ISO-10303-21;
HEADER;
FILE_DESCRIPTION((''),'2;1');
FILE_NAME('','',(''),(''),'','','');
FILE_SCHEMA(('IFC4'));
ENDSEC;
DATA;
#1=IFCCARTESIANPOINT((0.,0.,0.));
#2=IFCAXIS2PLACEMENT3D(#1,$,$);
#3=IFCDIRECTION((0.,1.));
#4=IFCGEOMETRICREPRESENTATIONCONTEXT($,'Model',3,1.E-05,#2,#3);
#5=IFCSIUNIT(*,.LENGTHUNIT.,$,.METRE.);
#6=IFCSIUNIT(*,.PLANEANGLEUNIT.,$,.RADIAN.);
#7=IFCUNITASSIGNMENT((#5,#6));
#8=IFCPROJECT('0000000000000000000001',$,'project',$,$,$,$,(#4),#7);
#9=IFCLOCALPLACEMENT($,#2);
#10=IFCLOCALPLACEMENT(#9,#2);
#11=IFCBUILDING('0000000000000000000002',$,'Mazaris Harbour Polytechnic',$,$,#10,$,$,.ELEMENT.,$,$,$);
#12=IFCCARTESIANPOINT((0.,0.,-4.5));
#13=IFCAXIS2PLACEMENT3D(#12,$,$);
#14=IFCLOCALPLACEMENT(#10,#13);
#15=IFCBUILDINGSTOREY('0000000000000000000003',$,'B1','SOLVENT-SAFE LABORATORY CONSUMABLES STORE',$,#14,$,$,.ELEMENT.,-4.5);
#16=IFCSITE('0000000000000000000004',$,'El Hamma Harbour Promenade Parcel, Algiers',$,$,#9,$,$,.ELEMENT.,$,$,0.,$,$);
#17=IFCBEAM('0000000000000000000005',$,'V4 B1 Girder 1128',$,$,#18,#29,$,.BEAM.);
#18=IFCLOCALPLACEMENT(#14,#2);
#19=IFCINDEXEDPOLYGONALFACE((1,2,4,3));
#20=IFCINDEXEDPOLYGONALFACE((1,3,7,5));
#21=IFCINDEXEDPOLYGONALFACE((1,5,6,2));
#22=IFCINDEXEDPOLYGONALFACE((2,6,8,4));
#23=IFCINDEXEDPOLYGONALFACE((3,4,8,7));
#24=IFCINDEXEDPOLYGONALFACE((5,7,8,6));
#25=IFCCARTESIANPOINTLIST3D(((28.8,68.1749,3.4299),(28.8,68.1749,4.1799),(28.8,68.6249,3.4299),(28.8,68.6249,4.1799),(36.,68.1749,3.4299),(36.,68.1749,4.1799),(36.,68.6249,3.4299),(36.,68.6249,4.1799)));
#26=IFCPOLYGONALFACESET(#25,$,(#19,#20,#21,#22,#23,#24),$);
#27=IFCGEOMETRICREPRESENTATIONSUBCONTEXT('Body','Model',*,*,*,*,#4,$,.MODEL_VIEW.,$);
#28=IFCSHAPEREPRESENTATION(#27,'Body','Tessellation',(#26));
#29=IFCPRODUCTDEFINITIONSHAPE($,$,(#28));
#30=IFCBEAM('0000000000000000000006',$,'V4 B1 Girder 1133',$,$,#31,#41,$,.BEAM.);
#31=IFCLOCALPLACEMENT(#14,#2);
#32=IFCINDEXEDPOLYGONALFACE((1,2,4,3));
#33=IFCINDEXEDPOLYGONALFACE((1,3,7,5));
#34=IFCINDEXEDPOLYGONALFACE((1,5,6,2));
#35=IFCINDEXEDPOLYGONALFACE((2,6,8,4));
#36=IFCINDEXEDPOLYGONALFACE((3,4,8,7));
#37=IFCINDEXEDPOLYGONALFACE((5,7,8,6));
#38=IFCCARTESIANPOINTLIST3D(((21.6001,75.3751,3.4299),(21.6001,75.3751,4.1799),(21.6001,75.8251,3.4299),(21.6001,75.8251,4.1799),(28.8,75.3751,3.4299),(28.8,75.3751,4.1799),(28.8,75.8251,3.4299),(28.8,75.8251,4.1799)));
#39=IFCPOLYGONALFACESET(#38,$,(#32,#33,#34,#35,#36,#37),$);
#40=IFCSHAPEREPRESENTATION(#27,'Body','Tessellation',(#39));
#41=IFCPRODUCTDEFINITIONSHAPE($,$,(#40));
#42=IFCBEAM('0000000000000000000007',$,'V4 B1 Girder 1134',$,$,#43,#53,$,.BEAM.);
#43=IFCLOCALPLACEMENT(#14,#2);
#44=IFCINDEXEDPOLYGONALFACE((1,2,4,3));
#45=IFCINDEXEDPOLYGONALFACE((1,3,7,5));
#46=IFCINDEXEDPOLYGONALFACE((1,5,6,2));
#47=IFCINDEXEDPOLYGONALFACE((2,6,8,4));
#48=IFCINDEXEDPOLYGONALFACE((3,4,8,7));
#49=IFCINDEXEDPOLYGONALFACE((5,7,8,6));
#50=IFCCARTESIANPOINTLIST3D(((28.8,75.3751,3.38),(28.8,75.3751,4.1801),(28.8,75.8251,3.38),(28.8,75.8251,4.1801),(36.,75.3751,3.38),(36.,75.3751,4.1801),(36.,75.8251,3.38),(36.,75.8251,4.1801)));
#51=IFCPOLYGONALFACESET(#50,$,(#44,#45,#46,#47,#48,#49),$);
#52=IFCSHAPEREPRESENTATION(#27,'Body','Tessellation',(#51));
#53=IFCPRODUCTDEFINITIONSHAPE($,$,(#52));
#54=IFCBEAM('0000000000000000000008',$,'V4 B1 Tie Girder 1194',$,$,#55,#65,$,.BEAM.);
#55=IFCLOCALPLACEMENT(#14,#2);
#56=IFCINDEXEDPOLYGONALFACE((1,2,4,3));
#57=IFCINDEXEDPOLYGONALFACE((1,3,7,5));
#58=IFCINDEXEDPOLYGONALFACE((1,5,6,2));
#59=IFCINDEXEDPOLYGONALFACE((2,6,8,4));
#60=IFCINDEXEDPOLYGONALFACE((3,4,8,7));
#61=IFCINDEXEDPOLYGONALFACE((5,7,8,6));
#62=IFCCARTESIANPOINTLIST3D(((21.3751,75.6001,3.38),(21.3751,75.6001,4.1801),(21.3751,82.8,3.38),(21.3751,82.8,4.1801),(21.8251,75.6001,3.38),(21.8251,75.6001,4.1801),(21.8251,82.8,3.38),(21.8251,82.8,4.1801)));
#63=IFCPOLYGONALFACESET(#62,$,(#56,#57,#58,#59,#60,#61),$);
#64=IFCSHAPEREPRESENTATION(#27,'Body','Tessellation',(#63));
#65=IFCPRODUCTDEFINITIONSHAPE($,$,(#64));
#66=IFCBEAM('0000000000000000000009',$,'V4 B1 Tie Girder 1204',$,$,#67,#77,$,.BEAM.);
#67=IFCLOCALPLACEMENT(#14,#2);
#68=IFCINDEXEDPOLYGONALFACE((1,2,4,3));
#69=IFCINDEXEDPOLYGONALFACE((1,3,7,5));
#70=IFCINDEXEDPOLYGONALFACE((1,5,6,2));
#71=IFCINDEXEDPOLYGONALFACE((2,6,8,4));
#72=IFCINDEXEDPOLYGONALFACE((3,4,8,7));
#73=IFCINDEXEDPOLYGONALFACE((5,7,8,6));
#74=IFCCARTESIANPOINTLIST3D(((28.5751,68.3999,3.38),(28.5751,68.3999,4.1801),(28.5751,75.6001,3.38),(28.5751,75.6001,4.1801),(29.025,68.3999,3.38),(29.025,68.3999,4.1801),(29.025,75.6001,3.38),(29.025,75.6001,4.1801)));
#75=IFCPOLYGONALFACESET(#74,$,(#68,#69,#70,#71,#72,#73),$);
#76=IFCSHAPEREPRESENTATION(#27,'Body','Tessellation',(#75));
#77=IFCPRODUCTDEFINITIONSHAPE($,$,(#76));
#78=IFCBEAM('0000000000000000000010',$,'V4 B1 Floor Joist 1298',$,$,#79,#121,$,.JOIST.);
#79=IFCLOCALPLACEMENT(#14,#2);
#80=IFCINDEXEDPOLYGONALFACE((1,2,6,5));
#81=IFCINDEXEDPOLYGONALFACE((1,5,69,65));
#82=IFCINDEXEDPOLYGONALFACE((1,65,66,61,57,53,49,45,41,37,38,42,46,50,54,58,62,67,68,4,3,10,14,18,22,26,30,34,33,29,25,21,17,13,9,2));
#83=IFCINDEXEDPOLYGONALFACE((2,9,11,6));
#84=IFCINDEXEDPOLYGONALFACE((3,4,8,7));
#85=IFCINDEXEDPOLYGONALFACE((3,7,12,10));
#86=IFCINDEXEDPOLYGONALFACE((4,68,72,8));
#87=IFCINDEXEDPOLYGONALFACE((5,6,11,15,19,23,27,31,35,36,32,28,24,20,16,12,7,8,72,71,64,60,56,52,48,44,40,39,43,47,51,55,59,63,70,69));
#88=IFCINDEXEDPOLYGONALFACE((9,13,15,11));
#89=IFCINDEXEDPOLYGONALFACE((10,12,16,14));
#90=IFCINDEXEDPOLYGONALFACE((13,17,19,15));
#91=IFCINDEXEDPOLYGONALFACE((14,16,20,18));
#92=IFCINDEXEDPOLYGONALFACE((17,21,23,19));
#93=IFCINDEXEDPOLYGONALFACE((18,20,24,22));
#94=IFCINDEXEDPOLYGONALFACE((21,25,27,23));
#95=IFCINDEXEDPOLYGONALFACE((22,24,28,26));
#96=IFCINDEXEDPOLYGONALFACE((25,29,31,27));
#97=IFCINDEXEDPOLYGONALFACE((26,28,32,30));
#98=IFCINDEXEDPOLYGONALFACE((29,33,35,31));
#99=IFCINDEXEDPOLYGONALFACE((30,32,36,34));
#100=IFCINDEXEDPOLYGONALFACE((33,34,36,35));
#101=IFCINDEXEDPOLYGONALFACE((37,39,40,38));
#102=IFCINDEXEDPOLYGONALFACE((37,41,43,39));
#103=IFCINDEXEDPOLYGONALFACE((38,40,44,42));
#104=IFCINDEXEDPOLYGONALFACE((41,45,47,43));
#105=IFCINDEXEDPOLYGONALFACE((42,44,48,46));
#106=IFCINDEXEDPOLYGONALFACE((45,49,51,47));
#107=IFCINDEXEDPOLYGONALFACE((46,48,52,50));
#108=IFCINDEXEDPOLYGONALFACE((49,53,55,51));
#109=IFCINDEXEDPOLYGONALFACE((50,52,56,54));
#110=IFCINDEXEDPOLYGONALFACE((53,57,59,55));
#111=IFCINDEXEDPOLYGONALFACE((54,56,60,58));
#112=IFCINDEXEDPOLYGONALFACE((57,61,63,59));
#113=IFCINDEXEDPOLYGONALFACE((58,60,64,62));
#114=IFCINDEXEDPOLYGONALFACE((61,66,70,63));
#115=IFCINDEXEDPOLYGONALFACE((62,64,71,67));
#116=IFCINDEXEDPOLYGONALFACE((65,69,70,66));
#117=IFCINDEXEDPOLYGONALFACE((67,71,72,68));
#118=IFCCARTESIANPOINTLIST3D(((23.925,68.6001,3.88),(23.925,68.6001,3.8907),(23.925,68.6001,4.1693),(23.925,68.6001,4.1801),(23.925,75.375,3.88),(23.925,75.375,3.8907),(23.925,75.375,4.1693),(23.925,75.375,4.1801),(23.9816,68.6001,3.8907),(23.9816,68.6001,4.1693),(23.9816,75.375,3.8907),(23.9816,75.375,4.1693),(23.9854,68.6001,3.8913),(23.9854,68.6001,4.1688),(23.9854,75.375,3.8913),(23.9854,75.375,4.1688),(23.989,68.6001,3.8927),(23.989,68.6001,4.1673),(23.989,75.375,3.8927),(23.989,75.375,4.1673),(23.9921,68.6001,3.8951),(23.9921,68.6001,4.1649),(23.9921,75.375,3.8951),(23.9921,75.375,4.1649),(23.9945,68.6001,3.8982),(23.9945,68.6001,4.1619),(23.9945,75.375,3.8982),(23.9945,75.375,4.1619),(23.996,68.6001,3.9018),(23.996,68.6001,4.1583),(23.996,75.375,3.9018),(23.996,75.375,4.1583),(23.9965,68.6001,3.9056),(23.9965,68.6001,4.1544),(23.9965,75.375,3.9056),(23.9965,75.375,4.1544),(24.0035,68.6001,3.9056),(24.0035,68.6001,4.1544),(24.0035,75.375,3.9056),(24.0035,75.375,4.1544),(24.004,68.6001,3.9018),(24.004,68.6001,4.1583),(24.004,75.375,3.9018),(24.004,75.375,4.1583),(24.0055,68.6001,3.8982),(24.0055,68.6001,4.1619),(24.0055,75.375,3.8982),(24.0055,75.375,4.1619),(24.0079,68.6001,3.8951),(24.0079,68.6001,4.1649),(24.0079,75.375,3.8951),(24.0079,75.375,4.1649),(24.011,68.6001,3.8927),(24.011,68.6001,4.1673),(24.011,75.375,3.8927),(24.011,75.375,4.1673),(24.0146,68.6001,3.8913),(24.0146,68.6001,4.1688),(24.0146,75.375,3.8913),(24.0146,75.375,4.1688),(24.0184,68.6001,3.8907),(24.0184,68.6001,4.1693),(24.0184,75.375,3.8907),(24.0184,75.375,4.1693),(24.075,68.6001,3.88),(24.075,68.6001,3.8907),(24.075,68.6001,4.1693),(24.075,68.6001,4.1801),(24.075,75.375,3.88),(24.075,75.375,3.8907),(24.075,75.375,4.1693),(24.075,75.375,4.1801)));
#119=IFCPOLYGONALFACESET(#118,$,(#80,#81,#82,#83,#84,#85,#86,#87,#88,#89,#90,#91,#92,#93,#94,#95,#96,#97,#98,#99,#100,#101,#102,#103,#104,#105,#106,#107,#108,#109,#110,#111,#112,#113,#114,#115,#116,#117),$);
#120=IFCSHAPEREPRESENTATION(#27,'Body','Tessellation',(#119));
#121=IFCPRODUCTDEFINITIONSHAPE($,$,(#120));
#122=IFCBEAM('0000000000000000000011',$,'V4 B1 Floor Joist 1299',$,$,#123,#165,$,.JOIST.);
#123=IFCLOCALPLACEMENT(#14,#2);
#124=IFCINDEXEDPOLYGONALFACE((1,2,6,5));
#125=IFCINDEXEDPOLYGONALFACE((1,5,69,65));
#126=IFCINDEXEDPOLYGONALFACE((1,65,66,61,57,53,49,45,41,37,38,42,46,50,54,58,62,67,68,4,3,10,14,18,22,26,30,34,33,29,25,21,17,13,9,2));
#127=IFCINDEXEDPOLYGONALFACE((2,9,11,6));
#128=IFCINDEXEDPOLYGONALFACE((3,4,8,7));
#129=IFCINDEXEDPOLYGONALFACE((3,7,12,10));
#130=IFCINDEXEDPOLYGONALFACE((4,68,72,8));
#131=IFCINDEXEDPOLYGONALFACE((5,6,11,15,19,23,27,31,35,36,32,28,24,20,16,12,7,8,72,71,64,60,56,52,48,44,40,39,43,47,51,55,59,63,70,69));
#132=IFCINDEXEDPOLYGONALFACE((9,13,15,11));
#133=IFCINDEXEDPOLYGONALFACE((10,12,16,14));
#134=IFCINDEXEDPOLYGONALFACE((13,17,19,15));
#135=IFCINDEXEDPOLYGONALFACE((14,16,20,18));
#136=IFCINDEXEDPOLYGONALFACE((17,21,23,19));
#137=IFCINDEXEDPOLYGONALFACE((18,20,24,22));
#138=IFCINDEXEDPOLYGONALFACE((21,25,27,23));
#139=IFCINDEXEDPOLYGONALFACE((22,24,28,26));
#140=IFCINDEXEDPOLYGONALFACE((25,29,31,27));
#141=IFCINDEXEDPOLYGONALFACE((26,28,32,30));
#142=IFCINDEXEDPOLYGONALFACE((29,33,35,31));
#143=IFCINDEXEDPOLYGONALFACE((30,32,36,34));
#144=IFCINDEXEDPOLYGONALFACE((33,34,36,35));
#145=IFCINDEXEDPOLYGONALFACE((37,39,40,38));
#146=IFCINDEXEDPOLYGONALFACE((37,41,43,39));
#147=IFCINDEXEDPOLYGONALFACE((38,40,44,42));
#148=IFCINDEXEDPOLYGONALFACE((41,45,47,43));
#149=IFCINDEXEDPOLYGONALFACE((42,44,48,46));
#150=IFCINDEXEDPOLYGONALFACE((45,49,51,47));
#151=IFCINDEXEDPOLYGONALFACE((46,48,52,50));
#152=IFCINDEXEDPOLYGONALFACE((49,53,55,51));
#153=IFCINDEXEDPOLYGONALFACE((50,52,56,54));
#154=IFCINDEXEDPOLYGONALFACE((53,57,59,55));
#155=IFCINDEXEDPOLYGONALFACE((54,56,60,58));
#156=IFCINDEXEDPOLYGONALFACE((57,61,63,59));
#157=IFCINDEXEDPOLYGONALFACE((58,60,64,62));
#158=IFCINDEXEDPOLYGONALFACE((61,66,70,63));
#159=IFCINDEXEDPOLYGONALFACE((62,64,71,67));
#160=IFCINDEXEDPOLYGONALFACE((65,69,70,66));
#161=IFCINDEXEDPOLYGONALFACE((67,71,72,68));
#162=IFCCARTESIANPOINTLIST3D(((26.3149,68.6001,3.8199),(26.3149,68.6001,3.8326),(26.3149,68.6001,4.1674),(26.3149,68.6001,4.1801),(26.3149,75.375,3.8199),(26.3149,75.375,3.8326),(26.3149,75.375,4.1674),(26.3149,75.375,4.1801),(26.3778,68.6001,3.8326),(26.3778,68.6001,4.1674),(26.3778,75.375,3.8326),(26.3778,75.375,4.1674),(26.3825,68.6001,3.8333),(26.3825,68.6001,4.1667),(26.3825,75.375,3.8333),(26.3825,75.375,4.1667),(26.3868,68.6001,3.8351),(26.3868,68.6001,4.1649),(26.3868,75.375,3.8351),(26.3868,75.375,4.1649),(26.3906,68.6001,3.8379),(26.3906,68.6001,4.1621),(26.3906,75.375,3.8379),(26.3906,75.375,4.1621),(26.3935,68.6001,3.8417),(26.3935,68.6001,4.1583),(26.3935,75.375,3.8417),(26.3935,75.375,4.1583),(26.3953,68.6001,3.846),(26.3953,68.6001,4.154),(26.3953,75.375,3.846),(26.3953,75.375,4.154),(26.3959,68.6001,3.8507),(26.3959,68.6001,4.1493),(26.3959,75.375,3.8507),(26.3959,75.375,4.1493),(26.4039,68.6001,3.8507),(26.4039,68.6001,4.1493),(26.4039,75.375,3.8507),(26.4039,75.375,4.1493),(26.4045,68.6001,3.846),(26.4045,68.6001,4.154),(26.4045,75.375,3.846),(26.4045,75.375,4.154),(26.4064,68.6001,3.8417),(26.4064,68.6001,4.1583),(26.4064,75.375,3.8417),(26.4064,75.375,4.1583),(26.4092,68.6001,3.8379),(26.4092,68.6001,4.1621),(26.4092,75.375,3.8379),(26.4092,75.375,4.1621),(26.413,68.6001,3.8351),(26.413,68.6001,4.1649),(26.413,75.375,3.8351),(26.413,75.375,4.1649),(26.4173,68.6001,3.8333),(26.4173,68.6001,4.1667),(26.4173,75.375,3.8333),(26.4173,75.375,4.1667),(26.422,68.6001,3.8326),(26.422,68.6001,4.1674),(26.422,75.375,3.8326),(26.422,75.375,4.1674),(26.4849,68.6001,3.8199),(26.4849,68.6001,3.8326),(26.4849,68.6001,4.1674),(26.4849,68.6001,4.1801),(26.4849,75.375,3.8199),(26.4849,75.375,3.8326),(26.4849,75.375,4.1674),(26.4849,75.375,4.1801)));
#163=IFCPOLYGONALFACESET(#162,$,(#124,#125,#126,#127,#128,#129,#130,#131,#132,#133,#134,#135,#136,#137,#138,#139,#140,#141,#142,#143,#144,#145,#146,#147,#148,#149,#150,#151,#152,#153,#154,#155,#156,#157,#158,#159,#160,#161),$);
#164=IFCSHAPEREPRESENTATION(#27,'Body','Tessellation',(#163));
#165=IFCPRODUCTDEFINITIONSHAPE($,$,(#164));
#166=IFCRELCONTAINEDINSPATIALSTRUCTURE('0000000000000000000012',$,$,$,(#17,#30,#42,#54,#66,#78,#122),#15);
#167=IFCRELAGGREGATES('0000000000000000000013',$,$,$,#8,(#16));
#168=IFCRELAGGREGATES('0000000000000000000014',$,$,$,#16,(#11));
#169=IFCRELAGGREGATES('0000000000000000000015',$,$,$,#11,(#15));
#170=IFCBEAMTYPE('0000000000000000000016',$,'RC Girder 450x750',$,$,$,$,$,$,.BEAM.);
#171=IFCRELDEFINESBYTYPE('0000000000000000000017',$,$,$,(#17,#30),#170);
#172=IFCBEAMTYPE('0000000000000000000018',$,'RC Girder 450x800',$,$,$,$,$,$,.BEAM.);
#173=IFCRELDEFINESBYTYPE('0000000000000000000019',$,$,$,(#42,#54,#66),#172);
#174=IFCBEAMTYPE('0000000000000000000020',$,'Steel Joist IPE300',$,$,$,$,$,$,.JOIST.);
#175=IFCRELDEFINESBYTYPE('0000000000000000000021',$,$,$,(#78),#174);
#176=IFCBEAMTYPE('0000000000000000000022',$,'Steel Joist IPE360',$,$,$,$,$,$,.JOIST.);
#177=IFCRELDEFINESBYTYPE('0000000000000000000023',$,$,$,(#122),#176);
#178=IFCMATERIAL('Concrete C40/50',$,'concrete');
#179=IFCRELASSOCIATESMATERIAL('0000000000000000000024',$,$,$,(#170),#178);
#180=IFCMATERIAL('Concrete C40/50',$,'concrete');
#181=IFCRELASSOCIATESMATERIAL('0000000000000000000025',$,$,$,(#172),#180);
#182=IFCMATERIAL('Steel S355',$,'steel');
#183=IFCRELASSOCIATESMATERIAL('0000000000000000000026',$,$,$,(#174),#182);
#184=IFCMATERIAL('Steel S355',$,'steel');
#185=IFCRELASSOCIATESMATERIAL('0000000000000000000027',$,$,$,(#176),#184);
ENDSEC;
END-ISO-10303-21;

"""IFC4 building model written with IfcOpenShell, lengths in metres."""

from ifc_helpers import new_model, si_unit, direction, frame, origin, origin_2d, place, context, subcontext, project, spatial, rectangle, i_section, extrude, material, material_profile, profile_set, type_object, element, save


model = new_model("IFC4")

# Units and contexts
model_context = context("Model", 3, precision=1e-05, world=origin(), true_north=direction((0.0, 1.0)))
body_context = subcontext(model_context, "Body", "Model", "MODEL_VIEW")
ifc_project = project(units=[si_unit("LENGTHUNIT", "METRE"), si_unit("PLANEANGLEUNIT", "RADIAN")], contexts=[model_context])

# Site, building, storey
site_placement = place(None, origin())
site = spatial("IfcSite", under=ifc_project, at=site_placement, Name="El Hamma Harbour Promenade Parcel, Algiers", CompositionType="ELEMENT", RefElevation=0.0)
building_placement = place(site_placement, origin())
building = spatial("IfcBuilding", under=site, at=building_placement, Name="Mazaris Harbour Polytechnic", CompositionType="ELEMENT")
storey_placement = place(building_placement, frame((0.0, 0.0, -4.5)))
storey = spatial("IfcBuildingStorey", under=building, at=storey_placement, Name="B1", Description="SOLVENT-SAFE LABORATORY CONSUMABLES STORE", CompositionType="ELEMENT", Elevation=-4.5)

# Beams
ifc_material_1 = material(Name="Concrete C40/50", Category="concrete")
ifc_material_profile_1 = material_profile(ifc_material_1, rectangle(XDim=0.45, YDim=0.75, at=origin_2d()), Name="RECT450x750")
ifc_profile_set_1 = profile_set([ifc_material_profile_1], Name="Concrete C40/50")
beam_type_1 = type_object("IfcBeamType", Name="RC Girder 450x750", PredefinedType="BEAM", material=ifc_profile_set_1)
for number, where, z_axis, x_axis, name in (
    (1, (28.8, 68.3999, 3.8049), (1.0, 0.0, 0.0), (0.0, 1.0, 0.0), "V4 B1 Girder 1128"),
    (2, (21.6001, 75.6001, 3.8049), (1.0, 0.0, 0.0), (0.0, 1.0, 0.0), "V4 B1 Girder 1133"),
):
    element("IfcBeam", number, at=place(storey_placement, frame(where, z_axis=z_axis, x_axis=x_axis)), inside=storey, type_object=beam_type_1, Name=name, PredefinedType="BEAM", context=body_context, shape_type="SweptSolid", body=[
        extrude(rectangle(XDim=0.45, YDim=0.75, at=origin_2d()), origin(), (0.0, 0.0, 1.0), 7.2),
    ])
ifc_material_2 = material(Name="Concrete C40/50", Category="concrete")
ifc_material_profile_2 = material_profile(ifc_material_2, rectangle(XDim=0.45, YDim=0.8, at=origin_2d()), Name="RECT450x800")
ifc_profile_set_2 = profile_set([ifc_material_profile_2], Name="Concrete C40/50")
beam_type_2 = type_object("IfcBeamType", Name="RC Girder 450x800", PredefinedType="BEAM", material=ifc_profile_set_2)
for number, where, z_axis, x_axis, name in (
    (3, (28.8, 75.6001, 3.78), (1.0, 0.0, 0.0), (0.0, 1.0, 0.0), "V4 B1 Girder 1134"),
    (4, (21.6001, 75.6001, 3.78), (0.0, 1.0, 0.0), (-1.0, 0.0, 0.0), "V4 B1 Tie Girder 1194"),
):
    element("IfcBeam", number, at=place(storey_placement, frame(where, z_axis=z_axis, x_axis=x_axis)), inside=storey, type_object=beam_type_2, Name=name, PredefinedType="BEAM", context=body_context, shape_type="SweptSolid", body=[
        extrude(rectangle(XDim=0.45, YDim=0.8, at=origin_2d()), origin(), (0.0, 0.0, 1.0), 7.2),
    ])
beam_1_placement = place(storey_placement, frame((28.8, 68.3999, 3.78), z_axis=(0.0, 1.0, 0.0), x_axis=(-1.0, 0.0, 0.0)))
element("IfcBeam", 5, at=beam_1_placement, inside=storey, type_object=beam_type_2, Name="V4 B1 Tie Girder 1204", PredefinedType="BEAM", context=body_context, shape_type="SweptSolid", body=[
    extrude(rectangle(XDim=0.45, YDim=0.8, at=origin_2d()), origin(), (0.0, 0.0, 1.0), 7.2002),
])
ifc_material_3 = material(Name="Steel S355", Category="steel")
ifc_material_profile_3 = material_profile(ifc_material_3, i_section(OverallWidth=0.1499, OverallDepth=0.3, WebThickness=0.0071, FlangeThickness=0.0107, FilletRadius=0.0149, at=origin_2d()), Name="IPE 300")
ifc_profile_set_3 = profile_set([ifc_material_profile_3], Name="Steel S355")
beam_type_3 = type_object("IfcBeamType", Name="Steel Joist IPE300", PredefinedType="JOIST", material=ifc_profile_set_3)
beam_2_placement = place(storey_placement, frame((24.0, 68.6001, 4.03), z_axis=(0.0, 1.0, 0.0), x_axis=(-1.0, 0.0, 0.0)))
element("IfcBeam", 6, at=beam_2_placement, inside=storey, type_object=beam_type_3, Name="V4 B1 Floor Joist 1298", PredefinedType="JOIST", context=body_context, shape_type="SweptSolid", body=[
    extrude(i_section(OverallWidth=0.1499, OverallDepth=0.3, WebThickness=0.0071, FlangeThickness=0.0107, FilletRadius=0.0149, at=origin_2d()), origin(), (0.0, 0.0, 1.0), 6.7749),
])
ifc_material_4 = material(Name="Steel S355", Category="steel")
ifc_material_profile_4 = material_profile(ifc_material_4, i_section(OverallWidth=0.1699, OverallDepth=0.3601, WebThickness=0.0081, FlangeThickness=0.0127, FilletRadius=0.0181, at=origin_2d()), Name="IPE 360")
ifc_profile_set_4 = profile_set([ifc_material_profile_4], Name="Steel S355")
beam_type_4 = type_object("IfcBeamType", Name="Steel Joist IPE360", PredefinedType="JOIST", material=ifc_profile_set_4)
beam_3_placement = place(storey_placement, frame((26.3999, 68.6001, 4.0), z_axis=(0.0, 1.0, 0.0), x_axis=(-1.0, 0.0, 0.0)))
element("IfcBeam", 7, at=beam_3_placement, inside=storey, type_object=beam_type_4, Name="V4 B1 Floor Joist 1299", PredefinedType="JOIST", context=body_context, shape_type="SweptSolid", body=[
    extrude(i_section(OverallWidth=0.1699, OverallDepth=0.3601, WebThickness=0.0081, FlangeThickness=0.0127, FilletRadius=0.0181, at=origin_2d()), origin(), (0.0, 0.0, 1.0), 6.7749),
])

save(model, "model.ifc")
